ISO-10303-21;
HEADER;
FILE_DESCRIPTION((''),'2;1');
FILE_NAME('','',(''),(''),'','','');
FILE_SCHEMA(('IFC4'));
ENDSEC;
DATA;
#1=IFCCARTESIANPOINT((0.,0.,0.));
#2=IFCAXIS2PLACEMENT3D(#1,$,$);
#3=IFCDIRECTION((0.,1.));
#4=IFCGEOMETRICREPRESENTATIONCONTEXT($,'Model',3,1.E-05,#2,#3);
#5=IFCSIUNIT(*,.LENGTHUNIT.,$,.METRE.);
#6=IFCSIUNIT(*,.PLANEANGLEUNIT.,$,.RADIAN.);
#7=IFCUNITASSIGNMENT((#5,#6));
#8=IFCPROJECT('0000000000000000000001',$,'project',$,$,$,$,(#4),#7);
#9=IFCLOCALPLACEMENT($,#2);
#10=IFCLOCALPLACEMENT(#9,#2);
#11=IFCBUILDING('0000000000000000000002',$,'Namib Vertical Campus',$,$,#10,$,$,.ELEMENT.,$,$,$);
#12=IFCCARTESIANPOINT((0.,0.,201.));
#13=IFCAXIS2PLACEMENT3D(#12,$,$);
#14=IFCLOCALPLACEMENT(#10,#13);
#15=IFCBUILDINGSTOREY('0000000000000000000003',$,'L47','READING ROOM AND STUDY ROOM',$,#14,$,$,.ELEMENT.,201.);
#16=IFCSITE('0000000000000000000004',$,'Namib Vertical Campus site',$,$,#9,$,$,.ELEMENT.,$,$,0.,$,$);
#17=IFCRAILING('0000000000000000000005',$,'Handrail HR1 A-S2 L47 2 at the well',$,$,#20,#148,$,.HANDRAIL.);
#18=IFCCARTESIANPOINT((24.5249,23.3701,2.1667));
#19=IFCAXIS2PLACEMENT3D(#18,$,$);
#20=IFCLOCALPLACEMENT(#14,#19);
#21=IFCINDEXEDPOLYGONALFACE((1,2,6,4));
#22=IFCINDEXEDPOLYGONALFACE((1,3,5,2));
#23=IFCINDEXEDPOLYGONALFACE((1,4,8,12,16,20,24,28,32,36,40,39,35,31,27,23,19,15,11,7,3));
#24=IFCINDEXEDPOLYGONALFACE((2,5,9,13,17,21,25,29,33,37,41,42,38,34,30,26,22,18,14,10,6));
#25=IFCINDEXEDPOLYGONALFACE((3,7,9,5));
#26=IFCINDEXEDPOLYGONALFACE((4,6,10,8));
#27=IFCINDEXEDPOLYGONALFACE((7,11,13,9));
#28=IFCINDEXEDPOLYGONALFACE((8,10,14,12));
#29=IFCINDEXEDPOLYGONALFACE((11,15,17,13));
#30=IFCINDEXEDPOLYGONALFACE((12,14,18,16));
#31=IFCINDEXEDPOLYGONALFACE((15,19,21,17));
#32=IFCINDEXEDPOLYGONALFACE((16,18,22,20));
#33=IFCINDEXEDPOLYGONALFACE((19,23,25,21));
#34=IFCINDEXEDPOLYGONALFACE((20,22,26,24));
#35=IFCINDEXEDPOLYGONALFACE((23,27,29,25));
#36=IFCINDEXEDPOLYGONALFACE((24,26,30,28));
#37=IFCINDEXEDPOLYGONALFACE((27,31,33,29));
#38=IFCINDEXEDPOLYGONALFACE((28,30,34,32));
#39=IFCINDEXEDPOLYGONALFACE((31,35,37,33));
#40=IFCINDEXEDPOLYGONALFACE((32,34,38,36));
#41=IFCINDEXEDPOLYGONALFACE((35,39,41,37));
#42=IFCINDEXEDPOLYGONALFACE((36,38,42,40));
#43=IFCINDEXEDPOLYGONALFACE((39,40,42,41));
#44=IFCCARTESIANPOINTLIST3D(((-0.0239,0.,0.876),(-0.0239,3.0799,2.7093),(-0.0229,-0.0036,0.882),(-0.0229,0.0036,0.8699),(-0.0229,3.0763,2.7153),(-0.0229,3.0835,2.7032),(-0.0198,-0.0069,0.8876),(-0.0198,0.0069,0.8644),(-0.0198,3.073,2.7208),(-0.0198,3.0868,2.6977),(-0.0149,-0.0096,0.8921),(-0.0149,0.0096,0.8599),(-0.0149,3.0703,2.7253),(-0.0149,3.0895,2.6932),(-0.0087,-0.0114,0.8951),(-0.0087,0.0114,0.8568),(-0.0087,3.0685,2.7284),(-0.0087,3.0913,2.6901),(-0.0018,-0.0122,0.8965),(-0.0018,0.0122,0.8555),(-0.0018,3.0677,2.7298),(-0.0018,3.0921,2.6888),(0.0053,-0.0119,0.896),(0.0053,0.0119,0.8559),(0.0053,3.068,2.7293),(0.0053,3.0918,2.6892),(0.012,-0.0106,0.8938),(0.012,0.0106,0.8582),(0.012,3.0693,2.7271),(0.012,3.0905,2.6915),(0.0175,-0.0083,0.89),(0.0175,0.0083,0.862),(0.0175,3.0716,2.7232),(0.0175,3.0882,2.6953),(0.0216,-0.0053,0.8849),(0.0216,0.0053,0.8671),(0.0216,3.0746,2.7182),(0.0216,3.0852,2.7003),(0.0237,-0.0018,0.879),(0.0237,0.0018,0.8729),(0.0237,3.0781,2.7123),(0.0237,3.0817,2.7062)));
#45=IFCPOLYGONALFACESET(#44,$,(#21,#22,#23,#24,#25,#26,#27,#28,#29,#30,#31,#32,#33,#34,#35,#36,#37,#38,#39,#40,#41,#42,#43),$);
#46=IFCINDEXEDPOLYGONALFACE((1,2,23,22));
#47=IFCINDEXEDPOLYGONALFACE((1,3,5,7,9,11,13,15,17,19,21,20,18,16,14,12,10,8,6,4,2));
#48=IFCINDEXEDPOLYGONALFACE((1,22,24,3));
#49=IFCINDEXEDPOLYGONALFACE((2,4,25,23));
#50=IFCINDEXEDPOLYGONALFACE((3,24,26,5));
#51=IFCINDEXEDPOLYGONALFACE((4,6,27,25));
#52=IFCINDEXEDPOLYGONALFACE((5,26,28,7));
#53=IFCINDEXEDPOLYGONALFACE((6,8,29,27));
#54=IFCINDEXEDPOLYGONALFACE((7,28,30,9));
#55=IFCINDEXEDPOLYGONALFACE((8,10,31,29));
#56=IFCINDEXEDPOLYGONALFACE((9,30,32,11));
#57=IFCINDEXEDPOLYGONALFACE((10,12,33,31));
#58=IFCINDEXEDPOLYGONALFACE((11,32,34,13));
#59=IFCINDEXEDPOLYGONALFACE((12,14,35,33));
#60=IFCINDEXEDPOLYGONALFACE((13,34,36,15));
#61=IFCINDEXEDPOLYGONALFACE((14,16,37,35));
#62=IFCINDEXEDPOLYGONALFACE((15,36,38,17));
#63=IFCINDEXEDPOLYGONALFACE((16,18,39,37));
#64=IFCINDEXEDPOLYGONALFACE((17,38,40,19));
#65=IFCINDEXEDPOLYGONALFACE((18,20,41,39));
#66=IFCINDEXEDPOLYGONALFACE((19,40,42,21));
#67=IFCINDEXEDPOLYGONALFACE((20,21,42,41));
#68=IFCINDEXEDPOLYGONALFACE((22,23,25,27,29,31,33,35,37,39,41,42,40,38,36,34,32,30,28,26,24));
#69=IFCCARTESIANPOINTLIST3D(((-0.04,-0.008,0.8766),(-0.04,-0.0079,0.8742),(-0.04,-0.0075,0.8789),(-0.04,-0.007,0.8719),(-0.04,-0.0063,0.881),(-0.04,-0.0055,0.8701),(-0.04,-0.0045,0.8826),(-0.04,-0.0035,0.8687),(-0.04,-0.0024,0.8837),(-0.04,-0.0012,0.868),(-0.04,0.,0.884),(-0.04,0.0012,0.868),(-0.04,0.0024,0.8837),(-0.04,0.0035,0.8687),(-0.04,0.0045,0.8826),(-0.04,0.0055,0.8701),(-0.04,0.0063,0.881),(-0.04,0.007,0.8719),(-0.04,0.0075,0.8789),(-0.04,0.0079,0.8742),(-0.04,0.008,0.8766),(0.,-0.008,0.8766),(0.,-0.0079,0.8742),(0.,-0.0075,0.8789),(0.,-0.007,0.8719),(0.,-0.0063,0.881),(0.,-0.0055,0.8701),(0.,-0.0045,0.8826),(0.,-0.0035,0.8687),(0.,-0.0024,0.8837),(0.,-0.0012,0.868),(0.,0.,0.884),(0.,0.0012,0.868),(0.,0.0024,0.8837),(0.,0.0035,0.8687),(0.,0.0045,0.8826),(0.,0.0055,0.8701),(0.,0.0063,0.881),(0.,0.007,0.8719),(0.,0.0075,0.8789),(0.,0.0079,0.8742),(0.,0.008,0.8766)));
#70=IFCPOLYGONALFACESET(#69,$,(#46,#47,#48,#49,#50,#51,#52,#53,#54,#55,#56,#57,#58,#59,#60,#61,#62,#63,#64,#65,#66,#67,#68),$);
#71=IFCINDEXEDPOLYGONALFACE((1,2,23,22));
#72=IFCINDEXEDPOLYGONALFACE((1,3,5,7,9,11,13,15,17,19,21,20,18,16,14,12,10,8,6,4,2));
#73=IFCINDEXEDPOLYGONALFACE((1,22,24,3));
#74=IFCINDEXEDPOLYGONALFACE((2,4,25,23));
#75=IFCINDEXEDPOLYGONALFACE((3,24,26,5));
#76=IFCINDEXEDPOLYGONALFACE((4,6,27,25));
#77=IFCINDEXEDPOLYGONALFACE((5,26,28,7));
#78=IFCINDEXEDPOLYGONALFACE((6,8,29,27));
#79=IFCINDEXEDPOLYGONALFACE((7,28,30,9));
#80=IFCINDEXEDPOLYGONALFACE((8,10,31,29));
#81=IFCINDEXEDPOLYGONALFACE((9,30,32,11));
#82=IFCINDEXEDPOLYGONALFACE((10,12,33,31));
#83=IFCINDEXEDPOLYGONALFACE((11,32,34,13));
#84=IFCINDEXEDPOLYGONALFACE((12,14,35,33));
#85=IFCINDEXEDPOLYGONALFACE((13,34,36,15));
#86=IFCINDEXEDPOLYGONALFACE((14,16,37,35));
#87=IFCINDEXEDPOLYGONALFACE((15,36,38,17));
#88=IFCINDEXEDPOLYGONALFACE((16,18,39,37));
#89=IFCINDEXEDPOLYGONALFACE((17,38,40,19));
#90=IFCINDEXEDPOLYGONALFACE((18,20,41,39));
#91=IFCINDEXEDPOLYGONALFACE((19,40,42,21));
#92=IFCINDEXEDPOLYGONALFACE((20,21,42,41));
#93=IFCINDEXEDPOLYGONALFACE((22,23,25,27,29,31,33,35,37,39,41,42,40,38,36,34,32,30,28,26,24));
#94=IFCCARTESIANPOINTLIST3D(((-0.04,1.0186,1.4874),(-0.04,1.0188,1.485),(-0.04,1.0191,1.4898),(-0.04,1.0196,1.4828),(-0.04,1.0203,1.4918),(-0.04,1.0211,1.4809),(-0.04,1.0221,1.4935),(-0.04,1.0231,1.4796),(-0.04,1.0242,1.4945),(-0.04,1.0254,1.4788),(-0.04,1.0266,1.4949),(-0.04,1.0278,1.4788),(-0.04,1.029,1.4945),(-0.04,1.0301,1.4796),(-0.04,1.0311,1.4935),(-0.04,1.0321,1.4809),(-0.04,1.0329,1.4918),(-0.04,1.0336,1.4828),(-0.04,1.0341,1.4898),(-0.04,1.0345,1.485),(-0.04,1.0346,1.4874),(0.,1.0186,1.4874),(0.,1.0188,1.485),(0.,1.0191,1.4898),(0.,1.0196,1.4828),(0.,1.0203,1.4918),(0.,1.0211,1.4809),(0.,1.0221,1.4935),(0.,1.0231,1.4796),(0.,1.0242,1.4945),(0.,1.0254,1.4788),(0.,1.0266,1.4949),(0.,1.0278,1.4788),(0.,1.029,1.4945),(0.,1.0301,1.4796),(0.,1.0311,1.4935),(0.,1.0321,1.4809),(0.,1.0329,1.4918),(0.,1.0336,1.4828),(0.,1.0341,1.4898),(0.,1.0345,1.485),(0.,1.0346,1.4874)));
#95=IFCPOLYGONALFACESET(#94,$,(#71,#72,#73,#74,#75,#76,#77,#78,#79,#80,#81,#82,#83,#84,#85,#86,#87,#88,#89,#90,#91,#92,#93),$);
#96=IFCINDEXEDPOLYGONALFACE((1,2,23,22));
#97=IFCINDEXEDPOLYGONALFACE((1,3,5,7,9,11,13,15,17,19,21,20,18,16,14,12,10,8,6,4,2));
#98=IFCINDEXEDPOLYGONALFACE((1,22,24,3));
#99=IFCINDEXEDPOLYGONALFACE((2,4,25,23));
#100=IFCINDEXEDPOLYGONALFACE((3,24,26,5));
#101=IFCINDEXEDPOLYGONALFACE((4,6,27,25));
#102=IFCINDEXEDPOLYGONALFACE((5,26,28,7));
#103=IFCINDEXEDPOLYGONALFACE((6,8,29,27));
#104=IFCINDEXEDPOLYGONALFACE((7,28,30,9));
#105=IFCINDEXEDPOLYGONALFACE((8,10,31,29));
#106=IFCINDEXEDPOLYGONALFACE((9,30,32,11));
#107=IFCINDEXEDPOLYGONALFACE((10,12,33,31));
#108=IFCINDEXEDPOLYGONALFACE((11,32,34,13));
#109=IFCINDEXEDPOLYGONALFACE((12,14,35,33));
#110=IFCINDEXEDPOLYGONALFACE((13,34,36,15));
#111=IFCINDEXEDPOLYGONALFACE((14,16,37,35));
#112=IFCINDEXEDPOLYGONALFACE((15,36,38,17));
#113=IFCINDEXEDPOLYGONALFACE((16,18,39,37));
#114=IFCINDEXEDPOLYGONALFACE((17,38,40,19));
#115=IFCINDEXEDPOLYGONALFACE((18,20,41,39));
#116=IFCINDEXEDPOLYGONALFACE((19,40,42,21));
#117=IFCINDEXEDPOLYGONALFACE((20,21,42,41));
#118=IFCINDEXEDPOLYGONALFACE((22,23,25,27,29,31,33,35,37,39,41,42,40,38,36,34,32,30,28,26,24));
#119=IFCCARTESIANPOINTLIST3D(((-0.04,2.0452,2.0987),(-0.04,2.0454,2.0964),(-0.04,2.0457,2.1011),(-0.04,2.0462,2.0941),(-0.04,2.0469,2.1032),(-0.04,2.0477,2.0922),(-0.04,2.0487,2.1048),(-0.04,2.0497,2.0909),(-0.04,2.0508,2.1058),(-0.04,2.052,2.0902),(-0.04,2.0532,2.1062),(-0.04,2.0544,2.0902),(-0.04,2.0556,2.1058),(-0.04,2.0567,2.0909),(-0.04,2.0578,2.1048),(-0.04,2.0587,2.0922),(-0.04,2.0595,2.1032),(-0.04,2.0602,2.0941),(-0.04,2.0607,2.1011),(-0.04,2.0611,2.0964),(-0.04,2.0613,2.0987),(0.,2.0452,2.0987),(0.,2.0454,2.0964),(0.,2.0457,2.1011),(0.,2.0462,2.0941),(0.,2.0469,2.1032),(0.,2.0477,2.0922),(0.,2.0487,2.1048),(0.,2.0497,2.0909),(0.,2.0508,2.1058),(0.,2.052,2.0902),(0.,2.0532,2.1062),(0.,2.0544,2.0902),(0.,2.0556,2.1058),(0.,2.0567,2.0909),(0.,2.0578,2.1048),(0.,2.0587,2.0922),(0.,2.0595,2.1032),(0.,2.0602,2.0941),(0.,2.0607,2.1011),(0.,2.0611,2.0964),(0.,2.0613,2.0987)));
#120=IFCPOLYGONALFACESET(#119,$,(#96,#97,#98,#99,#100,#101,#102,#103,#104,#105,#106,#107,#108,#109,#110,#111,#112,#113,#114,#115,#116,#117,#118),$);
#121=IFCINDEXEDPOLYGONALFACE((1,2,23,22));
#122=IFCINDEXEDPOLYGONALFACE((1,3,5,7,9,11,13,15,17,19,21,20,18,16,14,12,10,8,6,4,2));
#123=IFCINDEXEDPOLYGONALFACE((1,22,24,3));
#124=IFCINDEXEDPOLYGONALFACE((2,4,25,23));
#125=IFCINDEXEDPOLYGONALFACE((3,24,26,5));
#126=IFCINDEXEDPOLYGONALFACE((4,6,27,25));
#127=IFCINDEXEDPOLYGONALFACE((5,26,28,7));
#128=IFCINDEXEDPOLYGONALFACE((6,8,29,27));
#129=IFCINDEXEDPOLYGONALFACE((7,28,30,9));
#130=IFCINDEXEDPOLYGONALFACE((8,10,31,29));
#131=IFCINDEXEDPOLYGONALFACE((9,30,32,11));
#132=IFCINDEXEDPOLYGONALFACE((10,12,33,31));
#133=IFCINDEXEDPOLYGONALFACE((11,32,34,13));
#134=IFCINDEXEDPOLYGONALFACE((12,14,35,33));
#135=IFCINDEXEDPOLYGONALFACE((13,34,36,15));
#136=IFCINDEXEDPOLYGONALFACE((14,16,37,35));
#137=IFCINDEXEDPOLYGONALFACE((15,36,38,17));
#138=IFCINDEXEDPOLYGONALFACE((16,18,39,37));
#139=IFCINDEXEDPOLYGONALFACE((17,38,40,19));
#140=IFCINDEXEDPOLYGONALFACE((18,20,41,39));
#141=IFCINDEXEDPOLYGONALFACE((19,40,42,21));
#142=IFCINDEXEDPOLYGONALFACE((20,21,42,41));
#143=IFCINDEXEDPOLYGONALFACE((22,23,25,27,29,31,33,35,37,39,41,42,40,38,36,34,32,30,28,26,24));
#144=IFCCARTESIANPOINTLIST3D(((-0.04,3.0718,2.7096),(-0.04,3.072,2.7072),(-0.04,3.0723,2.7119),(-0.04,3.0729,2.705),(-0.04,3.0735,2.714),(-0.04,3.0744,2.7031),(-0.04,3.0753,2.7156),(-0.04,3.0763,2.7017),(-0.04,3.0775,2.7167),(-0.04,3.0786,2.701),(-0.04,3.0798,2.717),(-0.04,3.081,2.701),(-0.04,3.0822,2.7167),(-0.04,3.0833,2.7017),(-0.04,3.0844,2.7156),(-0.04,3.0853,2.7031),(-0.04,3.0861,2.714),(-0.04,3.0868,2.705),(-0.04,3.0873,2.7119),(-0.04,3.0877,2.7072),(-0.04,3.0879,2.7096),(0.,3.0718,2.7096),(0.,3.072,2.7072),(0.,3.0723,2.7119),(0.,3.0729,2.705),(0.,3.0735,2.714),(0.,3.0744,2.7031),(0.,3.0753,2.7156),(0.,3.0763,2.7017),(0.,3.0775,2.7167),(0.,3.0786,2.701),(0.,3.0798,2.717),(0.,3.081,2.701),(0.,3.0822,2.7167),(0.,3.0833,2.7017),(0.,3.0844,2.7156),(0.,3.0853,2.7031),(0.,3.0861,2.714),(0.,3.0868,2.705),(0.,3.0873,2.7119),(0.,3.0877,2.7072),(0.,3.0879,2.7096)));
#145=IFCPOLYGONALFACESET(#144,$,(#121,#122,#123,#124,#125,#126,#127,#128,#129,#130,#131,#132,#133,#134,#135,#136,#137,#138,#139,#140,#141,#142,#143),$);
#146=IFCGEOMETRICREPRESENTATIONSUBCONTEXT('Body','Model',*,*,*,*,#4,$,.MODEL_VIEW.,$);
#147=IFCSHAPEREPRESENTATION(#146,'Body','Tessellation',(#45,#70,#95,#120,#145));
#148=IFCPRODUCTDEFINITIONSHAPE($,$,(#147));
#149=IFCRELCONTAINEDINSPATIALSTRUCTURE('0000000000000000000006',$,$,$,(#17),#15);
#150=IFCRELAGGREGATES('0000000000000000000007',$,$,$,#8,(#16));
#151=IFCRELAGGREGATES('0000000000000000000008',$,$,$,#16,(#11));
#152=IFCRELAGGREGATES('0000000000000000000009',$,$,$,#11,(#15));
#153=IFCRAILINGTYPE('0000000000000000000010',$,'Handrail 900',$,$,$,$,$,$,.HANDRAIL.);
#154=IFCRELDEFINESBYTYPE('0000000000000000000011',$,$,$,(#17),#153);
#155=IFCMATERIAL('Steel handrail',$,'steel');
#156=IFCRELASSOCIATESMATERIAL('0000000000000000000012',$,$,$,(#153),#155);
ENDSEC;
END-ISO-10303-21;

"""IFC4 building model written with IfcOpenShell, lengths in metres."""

from ifc_helpers import new_model, si_unit, direction, frame, origin, origin_2d, place, context, subcontext, project, spatial, circle, extrude, material, type_object, element, save


model = new_model("IFC4")

# Units and contexts
model_context = context("Model", 3, precision=1e-05, world=origin(), true_north=direction((0.0, 1.0)))
body_context = subcontext(model_context, "Body", "Model", "MODEL_VIEW")
ifc_project = project(units=[si_unit("LENGTHUNIT", "METRE"), si_unit("PLANEANGLEUNIT", "RADIAN")], contexts=[model_context])

# Site, building, storey
site_placement = place(None, origin())
site = spatial("IfcSite", under=ifc_project, at=site_placement, Name="Namib Vertical Campus site", CompositionType="ELEMENT", RefElevation=0.0)
building_placement = place(site_placement, origin())
building = spatial("IfcBuilding", under=site, at=building_placement, Name="Namib Vertical Campus", CompositionType="ELEMENT")
storey_placement = place(building_placement, frame((0.0, 0.0, 201.0)))
storey = spatial("IfcBuildingStorey", under=building, at=storey_placement, Name="L47", Description="READING ROOM AND STUDY ROOM", CompositionType="ELEMENT", Elevation=201.0)

# Railing
ifc_material_1 = material(Name="Steel handrail", Category="steel")
railing_type_1 = type_object("IfcRailingType", Name="Handrail 900", PredefinedType="HANDRAIL", material=ifc_material_1)
railing_1_placement = place(storey_placement, frame((24.5249, 23.3701, 2.1667)))
element("IfcRailing", 1, at=railing_1_placement, inside=storey, type_object=railing_type_1, Name="Handrail HR1 A-S2 L47 2 at the well", PredefinedType="HANDRAIL", context=body_context, shape_type="SweptSolid", body=[
    extrude(circle(Radius=0.0239, at=origin_2d()), frame((0.0, 0.0, 0.876), z_axis=(0.0, 0.859291, 0.511487), x_axis=(-1.0, 0.0, 0.0)), (0.0, 0.0, 1.0), 3.5842),
    extrude(circle(Radius=0.0081, at=origin_2d()), frame((0.0, 0.0, 0.876), z_axis=(-1.0, 0.0, 0.0), x_axis=(0.0, 0.0, 1.0)), (0.0, 0.0, 1.0), 0.04),
    extrude(circle(Radius=0.0081, at=origin_2d()), frame((0.0, 1.0266, 1.4868), z_axis=(-1.0, 0.0, 0.0), x_axis=(0.0, 0.0, 1.0)), (0.0, 0.0, 1.0), 0.04),
    extrude(circle(Radius=0.0081, at=origin_2d()), frame((0.0, 2.0532, 2.0981), z_axis=(-1.0, 0.0, 0.0), x_axis=(0.0, 0.0, 1.0)), (0.0, 0.0, 1.0), 0.04),
    extrude(circle(Radius=0.0081, at=origin_2d()), frame((0.0, 3.0798, 2.709), z_axis=(-1.0, 0.0, 0.0), x_axis=(0.0, 0.0, 1.0)), (0.0, 0.0, 1.0), 0.04),
])

save(model, "model.ifc")
